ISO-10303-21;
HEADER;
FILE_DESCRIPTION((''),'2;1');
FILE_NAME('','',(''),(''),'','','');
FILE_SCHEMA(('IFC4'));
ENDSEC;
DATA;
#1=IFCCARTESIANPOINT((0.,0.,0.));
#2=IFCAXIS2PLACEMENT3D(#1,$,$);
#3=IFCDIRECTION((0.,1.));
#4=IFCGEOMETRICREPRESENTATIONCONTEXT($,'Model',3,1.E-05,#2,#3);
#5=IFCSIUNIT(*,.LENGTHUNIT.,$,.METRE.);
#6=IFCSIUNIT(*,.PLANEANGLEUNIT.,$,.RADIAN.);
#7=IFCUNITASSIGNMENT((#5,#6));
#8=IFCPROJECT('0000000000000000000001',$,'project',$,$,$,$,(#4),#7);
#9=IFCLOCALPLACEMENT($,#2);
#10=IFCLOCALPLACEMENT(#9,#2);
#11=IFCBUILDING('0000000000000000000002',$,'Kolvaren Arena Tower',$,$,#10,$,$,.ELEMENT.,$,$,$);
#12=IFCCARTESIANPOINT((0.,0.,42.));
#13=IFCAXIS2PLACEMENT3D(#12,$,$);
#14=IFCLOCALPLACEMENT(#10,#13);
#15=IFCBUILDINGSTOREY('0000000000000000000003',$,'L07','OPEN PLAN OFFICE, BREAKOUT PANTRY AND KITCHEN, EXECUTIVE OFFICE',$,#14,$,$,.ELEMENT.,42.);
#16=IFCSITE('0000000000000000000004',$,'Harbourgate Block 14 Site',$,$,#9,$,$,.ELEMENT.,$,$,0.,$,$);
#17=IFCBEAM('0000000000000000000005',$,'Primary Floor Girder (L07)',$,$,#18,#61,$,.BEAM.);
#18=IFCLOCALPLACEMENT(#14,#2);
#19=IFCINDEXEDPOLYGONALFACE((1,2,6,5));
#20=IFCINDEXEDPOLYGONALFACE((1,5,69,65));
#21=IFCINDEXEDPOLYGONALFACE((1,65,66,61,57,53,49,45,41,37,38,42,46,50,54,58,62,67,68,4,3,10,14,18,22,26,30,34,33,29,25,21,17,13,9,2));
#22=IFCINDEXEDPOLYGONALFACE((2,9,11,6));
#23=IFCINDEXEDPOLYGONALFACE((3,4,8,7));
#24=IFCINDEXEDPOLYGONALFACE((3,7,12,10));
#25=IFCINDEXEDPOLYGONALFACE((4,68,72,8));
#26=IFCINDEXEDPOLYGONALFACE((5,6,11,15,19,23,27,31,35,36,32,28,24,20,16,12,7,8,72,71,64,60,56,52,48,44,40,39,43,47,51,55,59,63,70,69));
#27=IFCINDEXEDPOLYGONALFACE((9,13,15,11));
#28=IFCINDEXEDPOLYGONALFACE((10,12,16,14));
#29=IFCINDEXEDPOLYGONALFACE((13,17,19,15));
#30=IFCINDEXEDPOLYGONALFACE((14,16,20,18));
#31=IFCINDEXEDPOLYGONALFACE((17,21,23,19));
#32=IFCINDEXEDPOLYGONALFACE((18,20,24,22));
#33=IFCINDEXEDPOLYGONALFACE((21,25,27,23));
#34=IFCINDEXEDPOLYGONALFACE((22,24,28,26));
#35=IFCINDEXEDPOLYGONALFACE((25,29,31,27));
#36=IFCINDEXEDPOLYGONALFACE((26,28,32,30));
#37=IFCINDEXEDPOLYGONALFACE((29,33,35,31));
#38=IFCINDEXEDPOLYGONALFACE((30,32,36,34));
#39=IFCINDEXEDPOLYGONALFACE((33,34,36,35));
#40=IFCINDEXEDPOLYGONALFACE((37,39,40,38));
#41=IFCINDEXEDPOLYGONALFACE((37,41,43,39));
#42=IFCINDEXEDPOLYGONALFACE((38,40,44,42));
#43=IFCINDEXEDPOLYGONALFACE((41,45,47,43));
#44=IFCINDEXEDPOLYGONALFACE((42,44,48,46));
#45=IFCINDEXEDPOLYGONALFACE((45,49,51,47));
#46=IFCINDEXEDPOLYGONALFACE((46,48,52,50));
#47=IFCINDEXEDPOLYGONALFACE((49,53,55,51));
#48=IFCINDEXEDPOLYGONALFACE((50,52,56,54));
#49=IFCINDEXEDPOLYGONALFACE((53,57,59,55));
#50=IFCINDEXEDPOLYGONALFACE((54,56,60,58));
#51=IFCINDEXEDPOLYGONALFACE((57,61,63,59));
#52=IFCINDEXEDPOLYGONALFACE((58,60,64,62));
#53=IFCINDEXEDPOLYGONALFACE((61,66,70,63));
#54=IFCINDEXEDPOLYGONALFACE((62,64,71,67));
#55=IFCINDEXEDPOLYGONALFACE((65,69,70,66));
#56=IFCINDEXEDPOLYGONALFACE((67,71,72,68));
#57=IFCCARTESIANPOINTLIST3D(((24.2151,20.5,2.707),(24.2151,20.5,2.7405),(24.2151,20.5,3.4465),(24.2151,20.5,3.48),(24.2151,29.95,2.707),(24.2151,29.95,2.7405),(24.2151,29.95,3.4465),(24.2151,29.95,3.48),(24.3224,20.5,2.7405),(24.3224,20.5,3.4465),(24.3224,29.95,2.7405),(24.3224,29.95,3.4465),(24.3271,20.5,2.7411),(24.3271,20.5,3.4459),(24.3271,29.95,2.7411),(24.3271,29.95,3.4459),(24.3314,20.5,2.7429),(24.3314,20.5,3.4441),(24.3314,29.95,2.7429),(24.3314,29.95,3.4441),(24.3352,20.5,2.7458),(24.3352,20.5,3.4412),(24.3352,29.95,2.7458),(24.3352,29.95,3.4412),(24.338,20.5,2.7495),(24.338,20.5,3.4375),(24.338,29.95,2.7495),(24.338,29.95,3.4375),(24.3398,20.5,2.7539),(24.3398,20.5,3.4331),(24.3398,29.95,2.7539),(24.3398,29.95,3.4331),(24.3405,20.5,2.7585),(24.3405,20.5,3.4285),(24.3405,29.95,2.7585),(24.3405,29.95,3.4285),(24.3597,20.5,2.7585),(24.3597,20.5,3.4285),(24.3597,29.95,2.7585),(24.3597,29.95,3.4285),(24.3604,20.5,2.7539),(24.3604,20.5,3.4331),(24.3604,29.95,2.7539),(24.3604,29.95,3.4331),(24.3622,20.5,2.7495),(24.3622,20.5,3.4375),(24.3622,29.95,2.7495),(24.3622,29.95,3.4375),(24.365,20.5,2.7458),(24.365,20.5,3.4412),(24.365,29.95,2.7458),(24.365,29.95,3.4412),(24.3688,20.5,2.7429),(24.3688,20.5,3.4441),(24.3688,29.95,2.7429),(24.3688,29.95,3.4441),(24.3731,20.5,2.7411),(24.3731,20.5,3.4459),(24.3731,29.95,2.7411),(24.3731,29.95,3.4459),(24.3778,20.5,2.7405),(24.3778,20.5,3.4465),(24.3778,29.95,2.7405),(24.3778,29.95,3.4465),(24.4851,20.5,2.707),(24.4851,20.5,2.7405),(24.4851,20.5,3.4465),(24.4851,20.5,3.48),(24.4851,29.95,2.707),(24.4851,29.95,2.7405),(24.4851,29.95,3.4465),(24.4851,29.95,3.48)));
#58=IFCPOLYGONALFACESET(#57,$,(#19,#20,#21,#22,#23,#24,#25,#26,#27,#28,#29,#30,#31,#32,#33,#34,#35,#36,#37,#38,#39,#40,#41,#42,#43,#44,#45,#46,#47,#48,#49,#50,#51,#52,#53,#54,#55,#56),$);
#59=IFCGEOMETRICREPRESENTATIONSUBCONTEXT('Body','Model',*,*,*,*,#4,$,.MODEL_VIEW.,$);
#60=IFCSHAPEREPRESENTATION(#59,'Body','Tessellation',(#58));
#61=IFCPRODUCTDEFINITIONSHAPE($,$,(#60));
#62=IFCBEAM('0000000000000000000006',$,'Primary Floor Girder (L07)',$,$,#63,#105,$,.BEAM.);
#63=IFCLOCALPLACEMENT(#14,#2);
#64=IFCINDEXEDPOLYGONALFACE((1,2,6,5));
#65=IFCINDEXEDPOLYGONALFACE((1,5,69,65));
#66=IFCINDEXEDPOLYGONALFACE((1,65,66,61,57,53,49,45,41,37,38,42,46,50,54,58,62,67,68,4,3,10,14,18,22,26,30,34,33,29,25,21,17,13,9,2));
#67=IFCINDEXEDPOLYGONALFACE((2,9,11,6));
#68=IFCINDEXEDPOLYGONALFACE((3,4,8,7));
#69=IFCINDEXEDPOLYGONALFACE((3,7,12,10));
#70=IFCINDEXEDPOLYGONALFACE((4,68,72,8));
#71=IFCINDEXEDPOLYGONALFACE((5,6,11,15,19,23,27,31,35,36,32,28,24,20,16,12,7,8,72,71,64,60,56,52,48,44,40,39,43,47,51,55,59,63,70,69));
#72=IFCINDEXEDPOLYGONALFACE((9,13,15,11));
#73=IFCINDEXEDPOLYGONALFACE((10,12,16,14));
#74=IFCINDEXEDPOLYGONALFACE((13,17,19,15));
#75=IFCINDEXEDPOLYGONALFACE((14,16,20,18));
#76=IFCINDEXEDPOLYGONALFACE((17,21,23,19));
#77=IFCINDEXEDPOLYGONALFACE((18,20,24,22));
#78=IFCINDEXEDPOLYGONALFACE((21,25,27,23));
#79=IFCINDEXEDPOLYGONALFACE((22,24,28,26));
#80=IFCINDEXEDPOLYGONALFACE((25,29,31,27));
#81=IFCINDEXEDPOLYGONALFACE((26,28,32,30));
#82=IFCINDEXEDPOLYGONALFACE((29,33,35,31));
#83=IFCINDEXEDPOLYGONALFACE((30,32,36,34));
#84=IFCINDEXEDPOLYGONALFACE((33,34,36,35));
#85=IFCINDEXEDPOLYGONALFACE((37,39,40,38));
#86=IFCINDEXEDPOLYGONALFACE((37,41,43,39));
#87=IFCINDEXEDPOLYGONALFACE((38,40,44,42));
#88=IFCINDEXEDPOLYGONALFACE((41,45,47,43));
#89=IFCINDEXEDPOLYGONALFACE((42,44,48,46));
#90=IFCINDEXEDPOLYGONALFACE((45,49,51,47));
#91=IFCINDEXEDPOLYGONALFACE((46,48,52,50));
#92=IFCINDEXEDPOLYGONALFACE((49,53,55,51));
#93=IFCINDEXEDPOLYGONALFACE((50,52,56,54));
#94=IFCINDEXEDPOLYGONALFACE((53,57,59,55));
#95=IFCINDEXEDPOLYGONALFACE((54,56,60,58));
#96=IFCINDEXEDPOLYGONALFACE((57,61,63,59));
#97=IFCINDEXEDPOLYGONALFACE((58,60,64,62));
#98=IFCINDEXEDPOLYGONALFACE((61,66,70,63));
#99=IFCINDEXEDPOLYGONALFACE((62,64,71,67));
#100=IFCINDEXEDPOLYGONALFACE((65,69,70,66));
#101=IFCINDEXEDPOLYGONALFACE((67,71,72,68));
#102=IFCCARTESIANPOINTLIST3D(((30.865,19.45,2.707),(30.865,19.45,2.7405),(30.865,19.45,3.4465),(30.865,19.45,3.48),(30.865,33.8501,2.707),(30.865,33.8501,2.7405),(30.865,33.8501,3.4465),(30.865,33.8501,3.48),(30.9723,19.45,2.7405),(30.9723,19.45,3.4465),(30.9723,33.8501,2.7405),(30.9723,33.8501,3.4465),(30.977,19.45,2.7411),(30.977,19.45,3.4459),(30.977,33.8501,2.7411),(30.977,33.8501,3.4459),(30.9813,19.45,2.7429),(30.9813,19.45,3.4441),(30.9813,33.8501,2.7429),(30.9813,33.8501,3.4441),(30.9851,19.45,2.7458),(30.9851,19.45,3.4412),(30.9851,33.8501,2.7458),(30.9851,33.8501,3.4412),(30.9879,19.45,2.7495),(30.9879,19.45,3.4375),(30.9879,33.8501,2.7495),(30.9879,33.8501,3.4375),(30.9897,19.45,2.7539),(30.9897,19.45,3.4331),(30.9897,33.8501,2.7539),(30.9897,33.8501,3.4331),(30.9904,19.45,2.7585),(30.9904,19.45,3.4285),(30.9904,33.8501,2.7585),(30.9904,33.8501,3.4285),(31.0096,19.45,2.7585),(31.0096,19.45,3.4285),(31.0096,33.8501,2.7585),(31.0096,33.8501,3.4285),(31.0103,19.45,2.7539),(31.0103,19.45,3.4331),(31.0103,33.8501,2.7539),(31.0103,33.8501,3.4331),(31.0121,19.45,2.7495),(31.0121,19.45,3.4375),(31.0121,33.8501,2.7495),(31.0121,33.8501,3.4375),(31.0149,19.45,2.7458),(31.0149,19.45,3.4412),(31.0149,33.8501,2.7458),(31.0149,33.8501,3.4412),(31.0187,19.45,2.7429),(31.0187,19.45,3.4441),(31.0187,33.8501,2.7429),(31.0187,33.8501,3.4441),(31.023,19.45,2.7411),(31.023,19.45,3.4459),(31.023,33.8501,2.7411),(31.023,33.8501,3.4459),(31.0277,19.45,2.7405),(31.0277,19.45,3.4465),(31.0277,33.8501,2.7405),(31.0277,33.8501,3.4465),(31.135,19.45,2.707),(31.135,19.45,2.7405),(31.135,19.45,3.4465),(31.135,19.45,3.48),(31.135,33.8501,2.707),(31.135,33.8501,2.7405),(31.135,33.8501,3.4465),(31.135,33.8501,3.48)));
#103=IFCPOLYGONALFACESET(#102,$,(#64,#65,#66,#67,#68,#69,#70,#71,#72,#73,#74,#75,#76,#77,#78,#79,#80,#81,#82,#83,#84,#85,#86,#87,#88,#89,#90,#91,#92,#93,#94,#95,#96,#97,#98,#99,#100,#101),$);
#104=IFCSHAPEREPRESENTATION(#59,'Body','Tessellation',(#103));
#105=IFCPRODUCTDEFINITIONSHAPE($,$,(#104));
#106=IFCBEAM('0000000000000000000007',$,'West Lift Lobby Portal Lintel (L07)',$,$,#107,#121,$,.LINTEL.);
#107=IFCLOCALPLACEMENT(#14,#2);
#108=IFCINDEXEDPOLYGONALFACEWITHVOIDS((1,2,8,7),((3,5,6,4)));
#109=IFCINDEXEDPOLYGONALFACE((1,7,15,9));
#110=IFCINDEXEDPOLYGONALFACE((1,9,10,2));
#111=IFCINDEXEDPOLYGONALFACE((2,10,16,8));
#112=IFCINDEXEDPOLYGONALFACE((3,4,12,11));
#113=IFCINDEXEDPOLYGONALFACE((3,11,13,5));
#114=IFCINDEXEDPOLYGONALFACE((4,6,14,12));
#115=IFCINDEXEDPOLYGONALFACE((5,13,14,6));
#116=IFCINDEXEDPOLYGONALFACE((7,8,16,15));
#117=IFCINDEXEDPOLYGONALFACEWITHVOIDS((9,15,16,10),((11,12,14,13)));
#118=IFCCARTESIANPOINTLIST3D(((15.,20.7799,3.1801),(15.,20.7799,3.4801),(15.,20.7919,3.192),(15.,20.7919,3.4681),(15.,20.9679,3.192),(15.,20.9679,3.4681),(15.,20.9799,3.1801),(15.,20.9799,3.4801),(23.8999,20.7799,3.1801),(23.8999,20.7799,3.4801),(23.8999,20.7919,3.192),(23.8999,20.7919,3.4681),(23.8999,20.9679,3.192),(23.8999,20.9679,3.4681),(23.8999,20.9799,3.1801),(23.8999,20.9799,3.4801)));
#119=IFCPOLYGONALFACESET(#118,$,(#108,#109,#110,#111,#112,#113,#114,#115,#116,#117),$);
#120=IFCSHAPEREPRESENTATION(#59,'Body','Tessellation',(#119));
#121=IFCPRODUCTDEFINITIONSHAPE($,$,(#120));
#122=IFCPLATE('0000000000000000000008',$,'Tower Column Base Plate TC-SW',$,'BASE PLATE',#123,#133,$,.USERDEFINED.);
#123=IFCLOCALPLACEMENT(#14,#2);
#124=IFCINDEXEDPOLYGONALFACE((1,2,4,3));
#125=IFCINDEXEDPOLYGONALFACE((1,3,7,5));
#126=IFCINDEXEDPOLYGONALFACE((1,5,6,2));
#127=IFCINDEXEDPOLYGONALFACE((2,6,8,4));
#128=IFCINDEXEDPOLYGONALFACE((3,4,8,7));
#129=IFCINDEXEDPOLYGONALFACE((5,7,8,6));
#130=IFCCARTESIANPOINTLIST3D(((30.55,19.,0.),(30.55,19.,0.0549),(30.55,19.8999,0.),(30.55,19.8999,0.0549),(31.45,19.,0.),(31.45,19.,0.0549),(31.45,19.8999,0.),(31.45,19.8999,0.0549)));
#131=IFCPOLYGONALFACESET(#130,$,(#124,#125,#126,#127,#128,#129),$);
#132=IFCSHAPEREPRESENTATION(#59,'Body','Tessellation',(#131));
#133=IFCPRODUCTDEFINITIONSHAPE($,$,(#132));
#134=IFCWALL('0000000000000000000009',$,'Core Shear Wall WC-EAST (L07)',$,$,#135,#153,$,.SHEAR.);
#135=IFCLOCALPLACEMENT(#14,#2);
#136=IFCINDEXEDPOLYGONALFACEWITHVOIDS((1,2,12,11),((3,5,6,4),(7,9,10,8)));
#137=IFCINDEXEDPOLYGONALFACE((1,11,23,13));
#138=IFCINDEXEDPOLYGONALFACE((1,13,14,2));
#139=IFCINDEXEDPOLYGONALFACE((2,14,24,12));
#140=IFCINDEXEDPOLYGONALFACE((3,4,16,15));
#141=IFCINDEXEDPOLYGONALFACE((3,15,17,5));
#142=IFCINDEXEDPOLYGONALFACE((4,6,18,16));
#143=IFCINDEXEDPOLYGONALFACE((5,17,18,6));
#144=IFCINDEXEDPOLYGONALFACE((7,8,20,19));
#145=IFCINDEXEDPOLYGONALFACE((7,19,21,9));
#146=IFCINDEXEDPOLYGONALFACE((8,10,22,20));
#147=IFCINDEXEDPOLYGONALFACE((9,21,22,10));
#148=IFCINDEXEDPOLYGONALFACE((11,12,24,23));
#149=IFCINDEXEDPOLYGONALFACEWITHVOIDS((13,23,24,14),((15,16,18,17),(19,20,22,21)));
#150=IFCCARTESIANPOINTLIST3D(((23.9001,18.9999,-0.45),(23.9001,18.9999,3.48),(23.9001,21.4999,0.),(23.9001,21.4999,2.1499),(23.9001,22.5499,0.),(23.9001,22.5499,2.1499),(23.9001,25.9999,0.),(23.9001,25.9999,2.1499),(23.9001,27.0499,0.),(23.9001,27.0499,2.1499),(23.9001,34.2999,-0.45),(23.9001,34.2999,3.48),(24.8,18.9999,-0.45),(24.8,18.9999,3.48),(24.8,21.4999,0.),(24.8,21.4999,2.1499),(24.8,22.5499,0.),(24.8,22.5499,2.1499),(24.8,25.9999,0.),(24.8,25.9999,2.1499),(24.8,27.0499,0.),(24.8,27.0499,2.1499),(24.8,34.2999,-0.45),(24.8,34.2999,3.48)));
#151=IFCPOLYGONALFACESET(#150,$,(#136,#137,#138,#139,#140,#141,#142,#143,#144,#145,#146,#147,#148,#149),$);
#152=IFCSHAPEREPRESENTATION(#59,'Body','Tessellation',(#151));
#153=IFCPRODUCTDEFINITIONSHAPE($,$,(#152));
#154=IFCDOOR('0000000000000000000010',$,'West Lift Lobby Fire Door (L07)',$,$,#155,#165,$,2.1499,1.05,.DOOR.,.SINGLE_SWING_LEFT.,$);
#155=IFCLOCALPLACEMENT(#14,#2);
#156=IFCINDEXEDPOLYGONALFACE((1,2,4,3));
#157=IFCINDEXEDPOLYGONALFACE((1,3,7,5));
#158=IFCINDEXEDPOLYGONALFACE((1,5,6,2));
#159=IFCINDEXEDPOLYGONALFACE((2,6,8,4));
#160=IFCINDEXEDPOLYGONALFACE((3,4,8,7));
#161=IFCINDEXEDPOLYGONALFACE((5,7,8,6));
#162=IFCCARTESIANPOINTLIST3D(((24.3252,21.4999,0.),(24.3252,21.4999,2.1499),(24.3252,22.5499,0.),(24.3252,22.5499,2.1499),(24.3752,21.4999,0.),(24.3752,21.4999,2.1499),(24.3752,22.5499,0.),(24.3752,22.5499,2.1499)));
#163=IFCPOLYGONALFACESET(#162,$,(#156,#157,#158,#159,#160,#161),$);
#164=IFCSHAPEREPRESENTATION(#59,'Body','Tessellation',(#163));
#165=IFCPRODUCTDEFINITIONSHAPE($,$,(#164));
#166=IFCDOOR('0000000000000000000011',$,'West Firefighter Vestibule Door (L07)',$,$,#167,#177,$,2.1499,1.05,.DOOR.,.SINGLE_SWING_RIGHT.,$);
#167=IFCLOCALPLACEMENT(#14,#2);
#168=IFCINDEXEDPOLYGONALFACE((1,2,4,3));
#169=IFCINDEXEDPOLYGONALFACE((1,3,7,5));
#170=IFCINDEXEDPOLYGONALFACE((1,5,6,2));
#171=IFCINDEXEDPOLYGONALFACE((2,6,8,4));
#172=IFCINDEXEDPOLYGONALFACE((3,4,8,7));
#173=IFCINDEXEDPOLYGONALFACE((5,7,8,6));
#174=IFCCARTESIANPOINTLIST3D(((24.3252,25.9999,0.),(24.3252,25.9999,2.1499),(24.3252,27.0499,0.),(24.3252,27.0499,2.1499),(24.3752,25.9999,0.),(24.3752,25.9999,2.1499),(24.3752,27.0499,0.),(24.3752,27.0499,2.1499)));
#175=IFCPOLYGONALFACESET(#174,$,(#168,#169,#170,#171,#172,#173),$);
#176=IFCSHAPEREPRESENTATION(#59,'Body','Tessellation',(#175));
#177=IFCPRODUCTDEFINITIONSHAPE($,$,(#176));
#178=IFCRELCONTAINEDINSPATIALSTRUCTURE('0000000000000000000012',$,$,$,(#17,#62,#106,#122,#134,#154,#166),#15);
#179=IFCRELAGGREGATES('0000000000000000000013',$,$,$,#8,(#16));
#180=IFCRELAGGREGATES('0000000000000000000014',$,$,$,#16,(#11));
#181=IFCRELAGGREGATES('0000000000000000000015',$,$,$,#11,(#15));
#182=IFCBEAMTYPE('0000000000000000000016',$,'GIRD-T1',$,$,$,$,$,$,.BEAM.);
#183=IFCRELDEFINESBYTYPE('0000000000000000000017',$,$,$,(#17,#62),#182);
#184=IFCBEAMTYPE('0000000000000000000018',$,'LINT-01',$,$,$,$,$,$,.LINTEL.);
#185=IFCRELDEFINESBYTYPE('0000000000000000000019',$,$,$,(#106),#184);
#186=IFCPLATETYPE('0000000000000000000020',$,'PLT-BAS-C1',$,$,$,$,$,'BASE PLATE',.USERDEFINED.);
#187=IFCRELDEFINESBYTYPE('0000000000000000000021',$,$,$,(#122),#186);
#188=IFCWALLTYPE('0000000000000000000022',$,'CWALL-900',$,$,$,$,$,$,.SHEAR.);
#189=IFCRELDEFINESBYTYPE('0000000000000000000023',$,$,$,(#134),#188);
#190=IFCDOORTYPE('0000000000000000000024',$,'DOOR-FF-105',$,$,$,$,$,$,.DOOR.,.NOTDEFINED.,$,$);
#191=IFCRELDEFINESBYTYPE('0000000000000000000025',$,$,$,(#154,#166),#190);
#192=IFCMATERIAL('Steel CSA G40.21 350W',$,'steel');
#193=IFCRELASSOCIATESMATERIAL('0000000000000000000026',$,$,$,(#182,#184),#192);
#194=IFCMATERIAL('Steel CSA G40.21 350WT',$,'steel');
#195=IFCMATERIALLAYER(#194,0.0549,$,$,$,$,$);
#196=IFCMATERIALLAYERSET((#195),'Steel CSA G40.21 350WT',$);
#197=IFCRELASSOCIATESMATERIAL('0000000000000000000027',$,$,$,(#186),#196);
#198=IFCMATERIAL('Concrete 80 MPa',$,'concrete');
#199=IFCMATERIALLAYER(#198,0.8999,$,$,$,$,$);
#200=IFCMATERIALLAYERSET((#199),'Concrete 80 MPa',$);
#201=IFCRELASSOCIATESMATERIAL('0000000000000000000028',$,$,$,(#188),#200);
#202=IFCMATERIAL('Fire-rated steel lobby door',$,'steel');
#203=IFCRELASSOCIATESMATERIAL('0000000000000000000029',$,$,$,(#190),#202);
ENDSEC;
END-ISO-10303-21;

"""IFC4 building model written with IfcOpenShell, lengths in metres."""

from ifc_helpers import new_model, si_unit, direction, frame, frame_2d, origin, origin_2d, place, context, subcontext, project, spatial, rectangle, hollow_rectangle, i_section, extrude, material, layer, layer_set, material_profile, profile_set, type_object, element, fill, save


model = new_model("IFC4")

# Units and contexts
model_context = context("Model", 3, precision=1e-05, world=origin(), true_north=direction((0.0, 1.0)))
body_context = subcontext(model_context, "Body", "Model", "MODEL_VIEW")
ifc_project = project(units=[si_unit("LENGTHUNIT", "METRE"), si_unit("PLANEANGLEUNIT", "RADIAN")], contexts=[model_context])

# Site, building, storey
site_placement = place(None, origin())
site = spatial("IfcSite", under=ifc_project, at=site_placement, Name="Harbourgate Block 14 Site", CompositionType="ELEMENT", RefElevation=0.0)
building_placement = place(site_placement, origin())
building = spatial("IfcBuilding", under=site, at=building_placement, Name="Kolvaren Arena Tower", CompositionType="ELEMENT")
storey_placement = place(building_placement, frame((0.0, 0.0, 42.0)))
storey = spatial("IfcBuildingStorey", under=building, at=storey_placement, Name="L07", Description="OPEN PLAN OFFICE, BREAKOUT PANTRY AND KITCHEN, EXECUTIVE OFFICE", CompositionType="ELEMENT", Elevation=42.0)

# Beams
ifc_material_1 = material(Name="Steel CSA G40.21 350W", Category="steel")
ifc_material_profile_1 = material_profile(ifc_material_1, i_section(OverallWidth=0.27, OverallDepth=0.7729, WebThickness=0.0193, FlangeThickness=0.0334, FilletRadius=0.0181, at=origin_2d()), Name="W760x257")
ifc_profile_set_1 = profile_set([ifc_material_profile_1], Name="Steel CSA G40.21 350W")
beam_type_1 = type_object("IfcBeamType", Name="GIRD-T1", PredefinedType="BEAM", material=ifc_profile_set_1)
beam_1_placement = place(storey_placement, frame((24.3501, 20.5, 3.0935), z_axis=(0.0, 1.0, 0.0), x_axis=(-1.0, 0.0, 0.0)))
element("IfcBeam", 1, at=beam_1_placement, inside=storey, type_object=beam_type_1, Name="Primary Floor Girder (L07)", PredefinedType="BEAM", context=body_context, shape_type="SweptSolid", body=[
    extrude(i_section(OverallWidth=0.27, OverallDepth=0.7729, WebThickness=0.0193, FlangeThickness=0.0334, FilletRadius=0.0181, at=origin_2d()), origin(), (0.0, 0.0, 1.0), 9.45),
])
beam_2_placement = place(storey_placement, frame((31.0, 19.45, 3.0935), z_axis=(0.0, 1.0, 0.0), x_axis=(-1.0, 0.0, 0.0)))
element("IfcBeam", 2, at=beam_2_placement, inside=storey, type_object=beam_type_1, Name="Primary Floor Girder (L07)", PredefinedType="BEAM", context=body_context, shape_type="SweptSolid", body=[
    extrude(i_section(OverallWidth=0.27, OverallDepth=0.7729, WebThickness=0.0193, FlangeThickness=0.0334, FilletRadius=0.0181, at=origin_2d()), origin(), (0.0, 0.0, 1.0), 14.4001),
])
ifc_material_profile_2 = material_profile(ifc_material_1, hollow_rectangle(XDim=0.2, YDim=0.3, WallThickness=0.012, at=origin_2d()), Name="HSS 300x200x12")
ifc_profile_set_2 = profile_set([ifc_material_profile_2], Name="Steel CSA G40.21 350W")
beam_type_2 = type_object("IfcBeamType", Name="LINT-01", PredefinedType="LINTEL", material=ifc_profile_set_2)
beam_3_placement = place(storey_placement, frame((15.0, 20.8799, 3.3301), z_axis=(1.0, 0.0, 0.0), x_axis=(0.0, 1.0, 0.0)))
element("IfcBeam", 3, at=beam_3_placement, inside=storey, type_object=beam_type_2, Name="West Lift Lobby Portal Lintel (L07)", PredefinedType="LINTEL", context=body_context, shape_type="SweptSolid", body=[
    extrude(hollow_rectangle(XDim=0.2, YDim=0.3, WallThickness=0.012, at=origin_2d()), origin(), (0.0, 0.0, 1.0), 8.8999),
])

# Plate
ifc_material_2 = material(Name="Steel CSA G40.21 350WT", Category="steel")
ifc_layer_1 = layer(ifc_material_2, 0.0549)
ifc_layer_set_1 = layer_set([ifc_layer_1], Name="Steel CSA G40.21 350WT")
plate_type = type_object("IfcPlateType", Name="PLT-BAS-C1", ElementType="BASE PLATE", PredefinedType="USERDEFINED", material=ifc_layer_set_1)
plate_placement = place(storey_placement, frame((31.0, 19.45, 0.0), z_axis=(0.0, 0.0, 1.0), x_axis=(1.0, 0.0, 0.0)))
element("IfcPlate", 4, at=plate_placement, inside=storey, type_object=plate_type, Name="Tower Column Base Plate TC-SW", ObjectType="BASE PLATE", PredefinedType="USERDEFINED", context=body_context, shape_type="SweptSolid", body=[
    extrude(rectangle(XDim=0.8999, YDim=0.8999, at=origin_2d()), origin(), (0.0, 0.0, 1.0), 0.0549),
])

# Wall, openings, doors
ifc_material_3 = material(Name="Concrete 80 MPa", Category="concrete")
ifc_layer_2 = layer(ifc_material_3, 0.8999)
ifc_layer_set_2 = layer_set([ifc_layer_2], Name="Concrete 80 MPa")
wall_type_1 = type_object("IfcWallType", Name="CWALL-900", PredefinedType="SHEAR", material=ifc_layer_set_2)
wall_1_placement = place(storey_placement, frame((24.3501, 19.0, -0.45), z_axis=(0.0, 0.0, 1.0), x_axis=(0.0, 1.0, 0.0)))
wall_1 = element("IfcWall", 5, at=wall_1_placement, inside=storey, type_object=wall_type_1, Name="Core Shear Wall WC-EAST (L07)", PredefinedType="SHEAR", context=body_context, shape_type="SweptSolid", body=[
    extrude(rectangle(XDim=15.3, YDim=0.8999, at=frame_2d((7.6499, 0.0))), origin(), (0.0, 0.0, 1.0), 3.9299),
])
opening_1_placement = place(wall_1_placement, frame((2.5, 0.0, 0.45)))
opening_1 = element("IfcOpeningElement", 6, at=opening_1_placement, cuts=wall_1, PredefinedType="OPENING", context=body_context, shape_type="SweptSolid", body=[
    extrude(rectangle(XDim=1.05, YDim=2.1499, at=frame_2d((0.5249, 1.075))), frame((0.0, 0.46, 0.0), z_axis=(0.0, -1.0, 0.0), x_axis=(1.0, 0.0, 0.0)), (0.0, 0.0, 1.0), 0.9199),
])
opening_2_placement = place(wall_1_placement, frame((7.0, 0.0, 0.45)))
opening_2 = element("IfcOpeningElement", 7, at=opening_2_placement, cuts=wall_1, PredefinedType="OPENING", context=body_context, shape_type="SweptSolid", body=[
    extrude(rectangle(XDim=1.05, YDim=2.1499, at=frame_2d((0.5249, 1.075))), frame((0.0, 0.46, 0.0), z_axis=(0.0, -1.0, 0.0), x_axis=(1.0, 0.0, 0.0)), (0.0, 0.0, 1.0), 0.9199),
])
ifc_material_4 = material(Name="Fire-rated steel lobby door", Category="steel")
door_type = type_object("IfcDoorType", Name="DOOR-FF-105", OperationType="NOTDEFINED", PredefinedType="DOOR", material=ifc_material_4)
door_1_placement = place(opening_1_placement, origin())
door_1 = element("IfcDoor", 8, at=door_1_placement, inside=storey, type_object=door_type, Name="West Lift Lobby Fire Door (L07)", OperationType="SINGLE_SWING_LEFT", OverallHeight=2.1499, OverallWidth=1.05, PredefinedType="DOOR", context=body_context, shape_type="SweptSolid", body=[
    extrude(rectangle(XDim=1.05, YDim=2.1499, at=frame_2d((0.5249, 1.075))), frame((0.0, 0.0249, 0.0), z_axis=(0.0, -1.0, 0.0), x_axis=(1.0, 0.0, 0.0)), (0.0, 0.0, 1.0), 0.05),
])
fill(opening_1, door_1)
door_2_placement = place(opening_2_placement, origin())
door_2 = element("IfcDoor", 9, at=door_2_placement, inside=storey, type_object=door_type, Name="West Firefighter Vestibule Door (L07)", OperationType="SINGLE_SWING_RIGHT", OverallHeight=2.1499, OverallWidth=1.05, PredefinedType="DOOR", context=body_context, shape_type="SweptSolid", body=[
    extrude(rectangle(XDim=1.05, YDim=2.1499, at=frame_2d((0.5249, 1.075))), frame((0.0, 0.0249, 0.0), z_axis=(0.0, -1.0, 0.0), x_axis=(1.0, 0.0, 0.0)), (0.0, 0.0, 1.0), 0.05),
])
fill(opening_2, door_2)

save(model, "model.ifc")
